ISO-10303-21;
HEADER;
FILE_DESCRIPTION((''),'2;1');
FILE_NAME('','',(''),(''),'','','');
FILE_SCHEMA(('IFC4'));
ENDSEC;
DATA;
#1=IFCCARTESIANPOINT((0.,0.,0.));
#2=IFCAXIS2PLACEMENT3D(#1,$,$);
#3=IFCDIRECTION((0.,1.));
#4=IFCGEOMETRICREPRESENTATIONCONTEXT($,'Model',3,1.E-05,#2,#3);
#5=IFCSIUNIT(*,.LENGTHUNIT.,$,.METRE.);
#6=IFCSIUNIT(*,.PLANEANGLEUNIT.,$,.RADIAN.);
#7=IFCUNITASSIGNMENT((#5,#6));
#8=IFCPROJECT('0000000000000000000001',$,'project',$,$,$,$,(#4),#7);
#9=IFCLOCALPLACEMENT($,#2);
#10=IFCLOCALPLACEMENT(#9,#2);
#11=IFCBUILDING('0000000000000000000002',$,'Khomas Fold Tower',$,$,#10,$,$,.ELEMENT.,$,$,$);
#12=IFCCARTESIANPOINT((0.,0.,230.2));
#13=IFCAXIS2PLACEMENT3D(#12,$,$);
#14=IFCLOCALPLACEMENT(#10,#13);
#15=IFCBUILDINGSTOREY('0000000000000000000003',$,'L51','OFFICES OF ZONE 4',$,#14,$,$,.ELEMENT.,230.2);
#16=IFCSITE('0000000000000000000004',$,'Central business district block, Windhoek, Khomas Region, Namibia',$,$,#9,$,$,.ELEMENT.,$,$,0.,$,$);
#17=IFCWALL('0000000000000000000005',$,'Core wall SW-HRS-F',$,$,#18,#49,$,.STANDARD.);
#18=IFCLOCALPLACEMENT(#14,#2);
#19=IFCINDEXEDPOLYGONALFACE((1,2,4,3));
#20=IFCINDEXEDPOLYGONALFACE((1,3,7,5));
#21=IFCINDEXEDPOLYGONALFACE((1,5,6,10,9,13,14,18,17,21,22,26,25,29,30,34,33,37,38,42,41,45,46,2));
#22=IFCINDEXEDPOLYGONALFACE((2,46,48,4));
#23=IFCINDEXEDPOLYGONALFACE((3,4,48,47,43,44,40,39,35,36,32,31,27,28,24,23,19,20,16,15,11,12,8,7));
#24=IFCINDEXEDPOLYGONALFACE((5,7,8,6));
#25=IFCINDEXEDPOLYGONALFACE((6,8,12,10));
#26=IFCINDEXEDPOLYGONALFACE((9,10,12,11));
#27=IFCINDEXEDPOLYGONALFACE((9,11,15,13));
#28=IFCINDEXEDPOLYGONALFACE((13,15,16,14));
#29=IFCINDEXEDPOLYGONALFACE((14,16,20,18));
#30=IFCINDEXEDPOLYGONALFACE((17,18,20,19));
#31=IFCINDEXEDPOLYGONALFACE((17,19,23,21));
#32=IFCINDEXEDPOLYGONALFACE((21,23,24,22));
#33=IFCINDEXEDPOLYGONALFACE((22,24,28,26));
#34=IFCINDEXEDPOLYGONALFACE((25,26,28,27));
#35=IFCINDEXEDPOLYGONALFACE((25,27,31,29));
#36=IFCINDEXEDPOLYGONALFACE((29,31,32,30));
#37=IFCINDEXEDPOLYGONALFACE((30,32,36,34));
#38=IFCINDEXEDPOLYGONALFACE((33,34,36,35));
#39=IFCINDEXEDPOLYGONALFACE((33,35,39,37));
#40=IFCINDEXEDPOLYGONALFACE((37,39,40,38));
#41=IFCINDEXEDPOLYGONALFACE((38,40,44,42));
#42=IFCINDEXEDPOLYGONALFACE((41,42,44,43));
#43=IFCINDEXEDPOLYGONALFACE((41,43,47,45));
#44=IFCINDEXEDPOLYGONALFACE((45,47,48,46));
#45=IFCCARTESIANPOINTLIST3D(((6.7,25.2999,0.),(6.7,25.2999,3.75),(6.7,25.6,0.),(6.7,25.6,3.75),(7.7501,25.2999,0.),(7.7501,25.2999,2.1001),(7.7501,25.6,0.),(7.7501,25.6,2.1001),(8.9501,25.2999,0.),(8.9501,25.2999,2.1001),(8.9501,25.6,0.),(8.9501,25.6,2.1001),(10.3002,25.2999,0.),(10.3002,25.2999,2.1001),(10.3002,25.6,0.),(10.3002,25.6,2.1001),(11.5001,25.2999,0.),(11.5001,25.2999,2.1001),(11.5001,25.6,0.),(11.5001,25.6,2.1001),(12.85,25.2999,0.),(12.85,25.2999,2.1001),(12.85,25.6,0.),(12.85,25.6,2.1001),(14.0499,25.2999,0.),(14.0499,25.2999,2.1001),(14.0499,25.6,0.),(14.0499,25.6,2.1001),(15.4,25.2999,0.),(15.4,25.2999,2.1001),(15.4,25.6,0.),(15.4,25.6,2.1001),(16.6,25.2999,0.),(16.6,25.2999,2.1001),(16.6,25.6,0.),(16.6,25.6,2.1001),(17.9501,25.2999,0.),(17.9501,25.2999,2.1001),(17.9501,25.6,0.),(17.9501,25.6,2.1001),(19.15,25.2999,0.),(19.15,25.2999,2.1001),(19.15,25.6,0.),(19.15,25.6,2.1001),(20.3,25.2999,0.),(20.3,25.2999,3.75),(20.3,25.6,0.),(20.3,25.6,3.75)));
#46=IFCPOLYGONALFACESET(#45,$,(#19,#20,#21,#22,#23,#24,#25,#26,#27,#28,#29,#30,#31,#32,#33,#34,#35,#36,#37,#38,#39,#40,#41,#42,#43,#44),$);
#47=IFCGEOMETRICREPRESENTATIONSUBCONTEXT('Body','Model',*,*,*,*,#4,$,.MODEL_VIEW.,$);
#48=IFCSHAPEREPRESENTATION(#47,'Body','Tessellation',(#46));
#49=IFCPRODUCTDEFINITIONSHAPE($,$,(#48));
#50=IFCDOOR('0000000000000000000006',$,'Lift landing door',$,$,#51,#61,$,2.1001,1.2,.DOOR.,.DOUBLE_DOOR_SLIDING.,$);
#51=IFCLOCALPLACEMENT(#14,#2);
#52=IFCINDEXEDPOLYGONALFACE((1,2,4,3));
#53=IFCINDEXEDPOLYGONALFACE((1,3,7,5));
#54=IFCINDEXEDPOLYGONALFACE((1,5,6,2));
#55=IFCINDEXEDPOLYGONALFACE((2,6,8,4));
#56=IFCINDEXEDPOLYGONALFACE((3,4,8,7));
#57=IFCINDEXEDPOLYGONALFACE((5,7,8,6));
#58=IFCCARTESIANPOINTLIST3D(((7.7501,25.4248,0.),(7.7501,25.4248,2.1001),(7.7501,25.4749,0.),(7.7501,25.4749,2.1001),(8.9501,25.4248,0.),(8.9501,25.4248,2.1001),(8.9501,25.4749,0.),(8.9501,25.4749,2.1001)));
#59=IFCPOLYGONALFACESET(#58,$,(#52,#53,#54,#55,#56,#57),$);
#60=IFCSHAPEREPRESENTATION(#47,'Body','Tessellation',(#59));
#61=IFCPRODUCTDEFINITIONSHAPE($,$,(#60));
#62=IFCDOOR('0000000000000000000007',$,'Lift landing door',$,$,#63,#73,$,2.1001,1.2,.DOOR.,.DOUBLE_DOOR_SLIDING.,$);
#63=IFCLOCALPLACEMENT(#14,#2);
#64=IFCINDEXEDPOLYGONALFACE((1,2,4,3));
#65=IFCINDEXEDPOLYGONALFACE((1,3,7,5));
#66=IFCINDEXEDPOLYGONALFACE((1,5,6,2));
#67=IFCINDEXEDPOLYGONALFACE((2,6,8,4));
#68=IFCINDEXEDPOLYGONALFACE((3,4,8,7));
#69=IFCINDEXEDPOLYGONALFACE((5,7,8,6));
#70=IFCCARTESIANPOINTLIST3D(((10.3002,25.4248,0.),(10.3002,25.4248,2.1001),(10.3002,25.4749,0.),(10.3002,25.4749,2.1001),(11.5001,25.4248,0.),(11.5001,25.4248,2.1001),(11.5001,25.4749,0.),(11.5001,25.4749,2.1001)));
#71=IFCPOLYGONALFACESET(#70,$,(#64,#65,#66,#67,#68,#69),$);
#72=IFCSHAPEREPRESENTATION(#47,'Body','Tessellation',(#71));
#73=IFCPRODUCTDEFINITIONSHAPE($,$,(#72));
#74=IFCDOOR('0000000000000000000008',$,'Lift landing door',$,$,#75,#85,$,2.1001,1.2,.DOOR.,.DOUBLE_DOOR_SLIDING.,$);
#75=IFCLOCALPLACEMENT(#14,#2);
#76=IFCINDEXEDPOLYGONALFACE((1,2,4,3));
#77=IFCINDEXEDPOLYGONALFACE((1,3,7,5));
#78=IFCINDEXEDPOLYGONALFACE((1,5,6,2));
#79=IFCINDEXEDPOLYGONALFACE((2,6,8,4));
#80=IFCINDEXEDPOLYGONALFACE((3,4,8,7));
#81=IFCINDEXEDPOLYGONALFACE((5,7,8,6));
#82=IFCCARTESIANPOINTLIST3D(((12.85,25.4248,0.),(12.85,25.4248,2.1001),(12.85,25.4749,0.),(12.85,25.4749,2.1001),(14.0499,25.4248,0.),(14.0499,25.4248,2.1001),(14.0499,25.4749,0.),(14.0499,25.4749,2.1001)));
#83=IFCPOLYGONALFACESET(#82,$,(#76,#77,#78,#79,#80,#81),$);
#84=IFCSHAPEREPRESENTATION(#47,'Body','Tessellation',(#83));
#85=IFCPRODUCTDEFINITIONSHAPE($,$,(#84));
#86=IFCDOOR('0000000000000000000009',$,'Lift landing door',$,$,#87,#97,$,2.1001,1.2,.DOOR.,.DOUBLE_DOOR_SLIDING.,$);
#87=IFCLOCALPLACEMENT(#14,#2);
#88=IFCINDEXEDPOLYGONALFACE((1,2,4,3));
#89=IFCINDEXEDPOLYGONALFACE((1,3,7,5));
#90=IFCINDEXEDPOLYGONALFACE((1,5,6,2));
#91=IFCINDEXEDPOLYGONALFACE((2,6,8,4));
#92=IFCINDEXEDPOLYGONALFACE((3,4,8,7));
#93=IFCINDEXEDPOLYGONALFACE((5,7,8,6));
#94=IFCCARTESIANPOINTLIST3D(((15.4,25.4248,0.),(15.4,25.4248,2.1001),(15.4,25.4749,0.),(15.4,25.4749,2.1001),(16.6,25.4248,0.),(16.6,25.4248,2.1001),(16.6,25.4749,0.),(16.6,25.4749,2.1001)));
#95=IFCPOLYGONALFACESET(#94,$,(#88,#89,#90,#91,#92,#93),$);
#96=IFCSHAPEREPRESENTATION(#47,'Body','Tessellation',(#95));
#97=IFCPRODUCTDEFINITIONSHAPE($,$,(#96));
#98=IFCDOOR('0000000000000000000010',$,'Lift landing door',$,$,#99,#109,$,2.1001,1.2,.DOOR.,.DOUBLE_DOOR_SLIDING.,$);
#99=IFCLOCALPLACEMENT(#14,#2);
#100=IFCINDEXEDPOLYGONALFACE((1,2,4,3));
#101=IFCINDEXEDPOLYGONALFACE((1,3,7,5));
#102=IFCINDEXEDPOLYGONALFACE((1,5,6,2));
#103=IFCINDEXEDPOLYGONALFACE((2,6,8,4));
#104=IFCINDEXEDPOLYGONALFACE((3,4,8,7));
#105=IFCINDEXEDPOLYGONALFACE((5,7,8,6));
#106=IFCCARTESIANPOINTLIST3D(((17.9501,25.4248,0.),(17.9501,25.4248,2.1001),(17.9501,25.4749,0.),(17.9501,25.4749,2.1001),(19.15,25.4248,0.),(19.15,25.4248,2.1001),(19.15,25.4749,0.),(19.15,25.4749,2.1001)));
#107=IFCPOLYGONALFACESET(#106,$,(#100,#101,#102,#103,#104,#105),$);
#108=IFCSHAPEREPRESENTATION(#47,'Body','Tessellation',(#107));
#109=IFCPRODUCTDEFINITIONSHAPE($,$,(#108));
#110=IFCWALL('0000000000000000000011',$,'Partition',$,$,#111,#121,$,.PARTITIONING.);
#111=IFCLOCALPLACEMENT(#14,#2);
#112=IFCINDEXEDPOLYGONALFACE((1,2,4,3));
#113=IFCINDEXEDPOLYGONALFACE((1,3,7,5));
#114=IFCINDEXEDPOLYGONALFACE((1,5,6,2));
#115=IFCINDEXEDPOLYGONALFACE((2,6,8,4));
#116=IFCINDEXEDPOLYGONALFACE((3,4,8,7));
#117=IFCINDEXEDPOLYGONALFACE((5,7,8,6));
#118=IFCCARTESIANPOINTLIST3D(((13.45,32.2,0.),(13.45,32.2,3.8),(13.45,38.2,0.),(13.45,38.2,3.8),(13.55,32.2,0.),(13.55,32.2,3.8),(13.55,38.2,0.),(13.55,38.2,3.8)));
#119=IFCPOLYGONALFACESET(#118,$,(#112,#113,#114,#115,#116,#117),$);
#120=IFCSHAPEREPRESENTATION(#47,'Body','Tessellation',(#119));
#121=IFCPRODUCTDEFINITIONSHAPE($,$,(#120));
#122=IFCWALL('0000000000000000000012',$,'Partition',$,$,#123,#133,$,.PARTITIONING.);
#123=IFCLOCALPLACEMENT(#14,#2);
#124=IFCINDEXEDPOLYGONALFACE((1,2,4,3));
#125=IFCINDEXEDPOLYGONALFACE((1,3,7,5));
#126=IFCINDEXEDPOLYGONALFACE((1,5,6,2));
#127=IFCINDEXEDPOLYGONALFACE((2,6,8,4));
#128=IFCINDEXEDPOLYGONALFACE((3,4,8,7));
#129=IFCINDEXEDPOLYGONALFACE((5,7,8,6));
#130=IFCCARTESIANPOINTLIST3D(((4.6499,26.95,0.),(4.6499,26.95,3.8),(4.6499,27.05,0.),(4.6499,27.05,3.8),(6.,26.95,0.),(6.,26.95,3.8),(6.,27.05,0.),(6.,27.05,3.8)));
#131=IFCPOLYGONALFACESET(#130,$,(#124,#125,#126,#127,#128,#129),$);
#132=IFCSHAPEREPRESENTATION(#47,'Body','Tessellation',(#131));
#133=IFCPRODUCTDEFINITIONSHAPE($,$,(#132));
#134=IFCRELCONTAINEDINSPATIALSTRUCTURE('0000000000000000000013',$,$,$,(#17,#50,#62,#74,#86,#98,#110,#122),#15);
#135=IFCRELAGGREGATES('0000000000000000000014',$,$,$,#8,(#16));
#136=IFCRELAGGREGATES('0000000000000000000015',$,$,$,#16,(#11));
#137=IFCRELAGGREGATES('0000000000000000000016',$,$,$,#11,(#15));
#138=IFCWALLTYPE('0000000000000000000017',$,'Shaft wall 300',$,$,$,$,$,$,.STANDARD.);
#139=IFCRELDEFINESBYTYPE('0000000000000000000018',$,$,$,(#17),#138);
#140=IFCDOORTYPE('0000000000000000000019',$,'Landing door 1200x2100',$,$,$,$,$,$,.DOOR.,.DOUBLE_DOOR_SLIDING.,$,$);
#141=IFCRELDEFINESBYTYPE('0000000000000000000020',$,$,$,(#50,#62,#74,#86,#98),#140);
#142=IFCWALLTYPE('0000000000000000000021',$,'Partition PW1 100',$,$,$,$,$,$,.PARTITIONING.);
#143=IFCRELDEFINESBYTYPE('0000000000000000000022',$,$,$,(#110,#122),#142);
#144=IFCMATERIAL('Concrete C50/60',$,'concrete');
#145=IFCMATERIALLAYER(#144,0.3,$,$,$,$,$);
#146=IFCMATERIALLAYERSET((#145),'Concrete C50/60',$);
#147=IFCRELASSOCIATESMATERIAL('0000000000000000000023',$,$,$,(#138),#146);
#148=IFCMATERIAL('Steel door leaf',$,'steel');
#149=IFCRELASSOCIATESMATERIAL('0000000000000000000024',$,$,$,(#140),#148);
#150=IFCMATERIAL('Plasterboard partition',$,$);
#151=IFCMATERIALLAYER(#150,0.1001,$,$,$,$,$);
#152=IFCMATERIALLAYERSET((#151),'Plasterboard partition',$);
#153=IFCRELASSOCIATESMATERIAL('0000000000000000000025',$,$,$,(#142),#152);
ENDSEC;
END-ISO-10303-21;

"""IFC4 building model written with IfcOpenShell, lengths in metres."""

from ifc_helpers import new_model, si_unit, direction, frame, frame_2d, origin, place, context, subcontext, project, spatial, rectangle, extrude, source, transform, mapped, material, layer, layer_set, type_object, element, fill, save


model = new_model("IFC4")

# Units and contexts
model_context = context("Model", 3, precision=1e-05, world=origin(), true_north=direction((0.0, 1.0)))
body_context = subcontext(model_context, "Body", "Model", "MODEL_VIEW")
ifc_project = project(units=[si_unit("LENGTHUNIT", "METRE"), si_unit("PLANEANGLEUNIT", "RADIAN")], contexts=[model_context])

# Site, building, storey
site_placement = place(None, origin())
site = spatial("IfcSite", under=ifc_project, at=site_placement, Name="Central business district block, Windhoek, Khomas Region, Namibia", CompositionType="ELEMENT", RefElevation=0.0)
building_placement = place(site_placement, origin())
building = spatial("IfcBuilding", under=site, at=building_placement, Name="Khomas Fold Tower", CompositionType="ELEMENT")
storey_placement = place(building_placement, frame((0.0, 0.0, 230.2)))
storey = spatial("IfcBuildingStorey", under=building, at=storey_placement, Name="L51", Description="OFFICES OF ZONE 4", CompositionType="ELEMENT", Elevation=230.2)

# Shared definitions
ifc_material_1 = material(Name="Concrete C50/60", Category="concrete")
ifc_layer_1 = layer(ifc_material_1, 0.3)
ifc_layer_set_1 = layer_set([ifc_layer_1], Name="Concrete C50/60")
wall_type_1 = type_object("IfcWallType", Name="Shaft wall 300", PredefinedType="STANDARD", material=ifc_layer_set_1)
shared_shape_1 = source(origin(), body_context, "Body", "SweptSolid", [
    extrude(rectangle(XDim=13.6001, YDim=0.3, at=frame_2d((6.8, 0.0))), origin(), (0.0, 0.0, 1.0), 3.75),
])

# Wall, openings, doors
shared_shape_2 = source(origin(), body_context, "Body", "SweptSolid", [
    extrude(rectangle(XDim=1.2, YDim=2.1001, at=frame_2d((0.6001, 1.05))), frame((0.0, 0.1599, 0.0), z_axis=(0.0, -1.0, 0.0), x_axis=(1.0, 0.0, 0.0)), (0.0, 0.0, 1.0), 0.3201),
])
ifc_material_2 = material(Name="Steel door leaf", Category="steel")
door_type = type_object("IfcDoorType", Name="Landing door 1200x2100", OperationType="DOUBLE_DOOR_SLIDING", PredefinedType="DOOR", material=ifc_material_2)
shared_shape_3 = source(origin(), body_context, "Body", "SweptSolid", [
    extrude(rectangle(XDim=1.2, YDim=2.1001, at=frame_2d((0.6001, 1.05))), frame((0.0, 0.0249, 0.0), z_axis=(0.0, -1.0, 0.0), x_axis=(1.0, 0.0, 0.0)), (0.0, 0.0, 1.0), 0.05),
])
wall_1_placement = place(storey_placement, frame((6.7, 25.45, 0.0), z_axis=(0.0, 0.0, 1.0), x_axis=(1.0, 0.0, 0.0)))
wall_1 = element("IfcWall", 1, at=wall_1_placement, inside=storey, type_object=wall_type_1, Name="Core wall SW-HRS-F", PredefinedType="STANDARD", context=body_context, shape_type="MappedRepresentation", body=[
    mapped(shared_shape_1, transform((0.0, 0.0, 0.0))),
])
opening_1_placement = place(wall_1_placement, frame((1.05, 0.0, 0.0)))
opening_1 = element("IfcOpeningElement", 2, at=opening_1_placement, cuts=wall_1, PredefinedType="OPENING", context=body_context, shape_type="MappedRepresentation", body=[
    mapped(shared_shape_2, transform((0.0, 0.0, 0.0))),
])
opening_2_placement = place(wall_1_placement, frame((3.6001, 0.0, 0.0)))
opening_2 = element("IfcOpeningElement", 3, at=opening_2_placement, cuts=wall_1, PredefinedType="OPENING", context=body_context, shape_type="MappedRepresentation", body=[
    mapped(shared_shape_2, transform((0.0, 0.0, 0.0))),
])
opening_3_placement = place(wall_1_placement, frame((6.1499, 0.0, 0.0)))
opening_3 = element("IfcOpeningElement", 4, at=opening_3_placement, cuts=wall_1, PredefinedType="OPENING", context=body_context, shape_type="MappedRepresentation", body=[
    mapped(shared_shape_2, transform((0.0, 0.0, 0.0))),
])
opening_4_placement = place(wall_1_placement, frame((8.7, 0.0, 0.0)))
opening_4 = element("IfcOpeningElement", 5, at=opening_4_placement, cuts=wall_1, PredefinedType="OPENING", context=body_context, shape_type="MappedRepresentation", body=[
    mapped(shared_shape_2, transform((0.0, 0.0, 0.0))),
])
opening_5_placement = place(wall_1_placement, frame((11.25, 0.0, 0.0)))
opening_5 = element("IfcOpeningElement", 6, at=opening_5_placement, cuts=wall_1, PredefinedType="OPENING", context=body_context, shape_type="MappedRepresentation", body=[
    mapped(shared_shape_2, transform((0.0, 0.0, 0.0))),
])
door_1_placement = place(opening_1_placement, origin())
door_1 = element("IfcDoor", 7, at=door_1_placement, inside=storey, type_object=door_type, Name="Lift landing door", OperationType="DOUBLE_DOOR_SLIDING", OverallHeight=2.1001, OverallWidth=1.2, PredefinedType="DOOR", context=body_context, shape_type="MappedRepresentation", body=[
    mapped(shared_shape_3, transform((0.0, 0.0, 0.0))),
])
fill(opening_1, door_1)
door_2_placement = place(opening_2_placement, origin())
door_2 = element("IfcDoor", 8, at=door_2_placement, inside=storey, type_object=door_type, Name="Lift landing door", OperationType="DOUBLE_DOOR_SLIDING", OverallHeight=2.1001, OverallWidth=1.2, PredefinedType="DOOR", context=body_context, shape_type="MappedRepresentation", body=[
    mapped(shared_shape_3, transform((0.0, 0.0, 0.0))),
])
fill(opening_2, door_2)
door_3_placement = place(opening_3_placement, origin())
door_3 = element("IfcDoor", 9, at=door_3_placement, inside=storey, type_object=door_type, Name="Lift landing door", OperationType="DOUBLE_DOOR_SLIDING", OverallHeight=2.1001, OverallWidth=1.2, PredefinedType="DOOR", context=body_context, shape_type="MappedRepresentation", body=[
    mapped(shared_shape_3, transform((0.0, 0.0, 0.0))),
])
fill(opening_3, door_3)
door_4_placement = place(opening_4_placement, origin())
door_4 = element("IfcDoor", 10, at=door_4_placement, inside=storey, type_object=door_type, Name="Lift landing door", OperationType="DOUBLE_DOOR_SLIDING", OverallHeight=2.1001, OverallWidth=1.2, PredefinedType="DOOR", context=body_context, shape_type="MappedRepresentation", body=[
    mapped(shared_shape_3, transform((0.0, 0.0, 0.0))),
])
fill(opening_4, door_4)
door_5_placement = place(opening_5_placement, origin())
door_5 = element("IfcDoor", 11, at=door_5_placement, inside=storey, type_object=door_type, Name="Lift landing door", OperationType="DOUBLE_DOOR_SLIDING", OverallHeight=2.1001, OverallWidth=1.2, PredefinedType="DOOR", context=body_context, shape_type="MappedRepresentation", body=[
    mapped(shared_shape_3, transform((0.0, 0.0, 0.0))),
])
fill(opening_5, door_5)

# Walls
ifc_material_3 = material(Name="Plasterboard partition")
ifc_layer_2 = layer(ifc_material_3, 0.1001)
ifc_layer_set_2 = layer_set([ifc_layer_2], Name="Plasterboard partition")
wall_type_2 = type_object("IfcWallType", Name="Partition PW1 100", PredefinedType="PARTITIONING", material=ifc_layer_set_2)
shared_shape_4 = source(origin(), body_context, "Body", "SweptSolid", [
    extrude(rectangle(XDim=6.0, YDim=0.1001, at=frame_2d((3.0, 0.0))), origin(), (0.0, 0.0, 1.0), 3.8),
])
wall_2_placement = place(storey_placement, frame((13.5, 32.2, 0.0), z_axis=(0.0, 0.0, 1.0), x_axis=(0.0, 1.0, 0.0)))
element("IfcWall", 12, at=wall_2_placement, inside=storey, type_object=wall_type_2, Name="Partition", PredefinedType="PARTITIONING", context=body_context, shape_type="MappedRepresentation", body=[
    mapped(shared_shape_4, transform((0.0, 0.0, 0.0))),
])
shared_shape_5 = source(origin(), body_context, "Body", "SweptSolid", [
    extrude(rectangle(XDim=1.3501, YDim=0.1001, at=frame_2d((0.675, 0.0))), origin(), (0.0, 0.0, 1.0), 3.8),
])
wall_3_placement = place(storey_placement, frame((4.6499, 27.0, 0.0), z_axis=(0.0, 0.0, 1.0), x_axis=(1.0, 0.0, 0.0)))
element("IfcWall", 13, at=wall_3_placement, inside=storey, type_object=wall_type_2, Name="Partition", PredefinedType="PARTITIONING", context=body_context, shape_type="MappedRepresentation", body=[
    mapped(shared_shape_5, transform((0.0, 0.0, 0.0))),
])

save(model, "model.ifc")
